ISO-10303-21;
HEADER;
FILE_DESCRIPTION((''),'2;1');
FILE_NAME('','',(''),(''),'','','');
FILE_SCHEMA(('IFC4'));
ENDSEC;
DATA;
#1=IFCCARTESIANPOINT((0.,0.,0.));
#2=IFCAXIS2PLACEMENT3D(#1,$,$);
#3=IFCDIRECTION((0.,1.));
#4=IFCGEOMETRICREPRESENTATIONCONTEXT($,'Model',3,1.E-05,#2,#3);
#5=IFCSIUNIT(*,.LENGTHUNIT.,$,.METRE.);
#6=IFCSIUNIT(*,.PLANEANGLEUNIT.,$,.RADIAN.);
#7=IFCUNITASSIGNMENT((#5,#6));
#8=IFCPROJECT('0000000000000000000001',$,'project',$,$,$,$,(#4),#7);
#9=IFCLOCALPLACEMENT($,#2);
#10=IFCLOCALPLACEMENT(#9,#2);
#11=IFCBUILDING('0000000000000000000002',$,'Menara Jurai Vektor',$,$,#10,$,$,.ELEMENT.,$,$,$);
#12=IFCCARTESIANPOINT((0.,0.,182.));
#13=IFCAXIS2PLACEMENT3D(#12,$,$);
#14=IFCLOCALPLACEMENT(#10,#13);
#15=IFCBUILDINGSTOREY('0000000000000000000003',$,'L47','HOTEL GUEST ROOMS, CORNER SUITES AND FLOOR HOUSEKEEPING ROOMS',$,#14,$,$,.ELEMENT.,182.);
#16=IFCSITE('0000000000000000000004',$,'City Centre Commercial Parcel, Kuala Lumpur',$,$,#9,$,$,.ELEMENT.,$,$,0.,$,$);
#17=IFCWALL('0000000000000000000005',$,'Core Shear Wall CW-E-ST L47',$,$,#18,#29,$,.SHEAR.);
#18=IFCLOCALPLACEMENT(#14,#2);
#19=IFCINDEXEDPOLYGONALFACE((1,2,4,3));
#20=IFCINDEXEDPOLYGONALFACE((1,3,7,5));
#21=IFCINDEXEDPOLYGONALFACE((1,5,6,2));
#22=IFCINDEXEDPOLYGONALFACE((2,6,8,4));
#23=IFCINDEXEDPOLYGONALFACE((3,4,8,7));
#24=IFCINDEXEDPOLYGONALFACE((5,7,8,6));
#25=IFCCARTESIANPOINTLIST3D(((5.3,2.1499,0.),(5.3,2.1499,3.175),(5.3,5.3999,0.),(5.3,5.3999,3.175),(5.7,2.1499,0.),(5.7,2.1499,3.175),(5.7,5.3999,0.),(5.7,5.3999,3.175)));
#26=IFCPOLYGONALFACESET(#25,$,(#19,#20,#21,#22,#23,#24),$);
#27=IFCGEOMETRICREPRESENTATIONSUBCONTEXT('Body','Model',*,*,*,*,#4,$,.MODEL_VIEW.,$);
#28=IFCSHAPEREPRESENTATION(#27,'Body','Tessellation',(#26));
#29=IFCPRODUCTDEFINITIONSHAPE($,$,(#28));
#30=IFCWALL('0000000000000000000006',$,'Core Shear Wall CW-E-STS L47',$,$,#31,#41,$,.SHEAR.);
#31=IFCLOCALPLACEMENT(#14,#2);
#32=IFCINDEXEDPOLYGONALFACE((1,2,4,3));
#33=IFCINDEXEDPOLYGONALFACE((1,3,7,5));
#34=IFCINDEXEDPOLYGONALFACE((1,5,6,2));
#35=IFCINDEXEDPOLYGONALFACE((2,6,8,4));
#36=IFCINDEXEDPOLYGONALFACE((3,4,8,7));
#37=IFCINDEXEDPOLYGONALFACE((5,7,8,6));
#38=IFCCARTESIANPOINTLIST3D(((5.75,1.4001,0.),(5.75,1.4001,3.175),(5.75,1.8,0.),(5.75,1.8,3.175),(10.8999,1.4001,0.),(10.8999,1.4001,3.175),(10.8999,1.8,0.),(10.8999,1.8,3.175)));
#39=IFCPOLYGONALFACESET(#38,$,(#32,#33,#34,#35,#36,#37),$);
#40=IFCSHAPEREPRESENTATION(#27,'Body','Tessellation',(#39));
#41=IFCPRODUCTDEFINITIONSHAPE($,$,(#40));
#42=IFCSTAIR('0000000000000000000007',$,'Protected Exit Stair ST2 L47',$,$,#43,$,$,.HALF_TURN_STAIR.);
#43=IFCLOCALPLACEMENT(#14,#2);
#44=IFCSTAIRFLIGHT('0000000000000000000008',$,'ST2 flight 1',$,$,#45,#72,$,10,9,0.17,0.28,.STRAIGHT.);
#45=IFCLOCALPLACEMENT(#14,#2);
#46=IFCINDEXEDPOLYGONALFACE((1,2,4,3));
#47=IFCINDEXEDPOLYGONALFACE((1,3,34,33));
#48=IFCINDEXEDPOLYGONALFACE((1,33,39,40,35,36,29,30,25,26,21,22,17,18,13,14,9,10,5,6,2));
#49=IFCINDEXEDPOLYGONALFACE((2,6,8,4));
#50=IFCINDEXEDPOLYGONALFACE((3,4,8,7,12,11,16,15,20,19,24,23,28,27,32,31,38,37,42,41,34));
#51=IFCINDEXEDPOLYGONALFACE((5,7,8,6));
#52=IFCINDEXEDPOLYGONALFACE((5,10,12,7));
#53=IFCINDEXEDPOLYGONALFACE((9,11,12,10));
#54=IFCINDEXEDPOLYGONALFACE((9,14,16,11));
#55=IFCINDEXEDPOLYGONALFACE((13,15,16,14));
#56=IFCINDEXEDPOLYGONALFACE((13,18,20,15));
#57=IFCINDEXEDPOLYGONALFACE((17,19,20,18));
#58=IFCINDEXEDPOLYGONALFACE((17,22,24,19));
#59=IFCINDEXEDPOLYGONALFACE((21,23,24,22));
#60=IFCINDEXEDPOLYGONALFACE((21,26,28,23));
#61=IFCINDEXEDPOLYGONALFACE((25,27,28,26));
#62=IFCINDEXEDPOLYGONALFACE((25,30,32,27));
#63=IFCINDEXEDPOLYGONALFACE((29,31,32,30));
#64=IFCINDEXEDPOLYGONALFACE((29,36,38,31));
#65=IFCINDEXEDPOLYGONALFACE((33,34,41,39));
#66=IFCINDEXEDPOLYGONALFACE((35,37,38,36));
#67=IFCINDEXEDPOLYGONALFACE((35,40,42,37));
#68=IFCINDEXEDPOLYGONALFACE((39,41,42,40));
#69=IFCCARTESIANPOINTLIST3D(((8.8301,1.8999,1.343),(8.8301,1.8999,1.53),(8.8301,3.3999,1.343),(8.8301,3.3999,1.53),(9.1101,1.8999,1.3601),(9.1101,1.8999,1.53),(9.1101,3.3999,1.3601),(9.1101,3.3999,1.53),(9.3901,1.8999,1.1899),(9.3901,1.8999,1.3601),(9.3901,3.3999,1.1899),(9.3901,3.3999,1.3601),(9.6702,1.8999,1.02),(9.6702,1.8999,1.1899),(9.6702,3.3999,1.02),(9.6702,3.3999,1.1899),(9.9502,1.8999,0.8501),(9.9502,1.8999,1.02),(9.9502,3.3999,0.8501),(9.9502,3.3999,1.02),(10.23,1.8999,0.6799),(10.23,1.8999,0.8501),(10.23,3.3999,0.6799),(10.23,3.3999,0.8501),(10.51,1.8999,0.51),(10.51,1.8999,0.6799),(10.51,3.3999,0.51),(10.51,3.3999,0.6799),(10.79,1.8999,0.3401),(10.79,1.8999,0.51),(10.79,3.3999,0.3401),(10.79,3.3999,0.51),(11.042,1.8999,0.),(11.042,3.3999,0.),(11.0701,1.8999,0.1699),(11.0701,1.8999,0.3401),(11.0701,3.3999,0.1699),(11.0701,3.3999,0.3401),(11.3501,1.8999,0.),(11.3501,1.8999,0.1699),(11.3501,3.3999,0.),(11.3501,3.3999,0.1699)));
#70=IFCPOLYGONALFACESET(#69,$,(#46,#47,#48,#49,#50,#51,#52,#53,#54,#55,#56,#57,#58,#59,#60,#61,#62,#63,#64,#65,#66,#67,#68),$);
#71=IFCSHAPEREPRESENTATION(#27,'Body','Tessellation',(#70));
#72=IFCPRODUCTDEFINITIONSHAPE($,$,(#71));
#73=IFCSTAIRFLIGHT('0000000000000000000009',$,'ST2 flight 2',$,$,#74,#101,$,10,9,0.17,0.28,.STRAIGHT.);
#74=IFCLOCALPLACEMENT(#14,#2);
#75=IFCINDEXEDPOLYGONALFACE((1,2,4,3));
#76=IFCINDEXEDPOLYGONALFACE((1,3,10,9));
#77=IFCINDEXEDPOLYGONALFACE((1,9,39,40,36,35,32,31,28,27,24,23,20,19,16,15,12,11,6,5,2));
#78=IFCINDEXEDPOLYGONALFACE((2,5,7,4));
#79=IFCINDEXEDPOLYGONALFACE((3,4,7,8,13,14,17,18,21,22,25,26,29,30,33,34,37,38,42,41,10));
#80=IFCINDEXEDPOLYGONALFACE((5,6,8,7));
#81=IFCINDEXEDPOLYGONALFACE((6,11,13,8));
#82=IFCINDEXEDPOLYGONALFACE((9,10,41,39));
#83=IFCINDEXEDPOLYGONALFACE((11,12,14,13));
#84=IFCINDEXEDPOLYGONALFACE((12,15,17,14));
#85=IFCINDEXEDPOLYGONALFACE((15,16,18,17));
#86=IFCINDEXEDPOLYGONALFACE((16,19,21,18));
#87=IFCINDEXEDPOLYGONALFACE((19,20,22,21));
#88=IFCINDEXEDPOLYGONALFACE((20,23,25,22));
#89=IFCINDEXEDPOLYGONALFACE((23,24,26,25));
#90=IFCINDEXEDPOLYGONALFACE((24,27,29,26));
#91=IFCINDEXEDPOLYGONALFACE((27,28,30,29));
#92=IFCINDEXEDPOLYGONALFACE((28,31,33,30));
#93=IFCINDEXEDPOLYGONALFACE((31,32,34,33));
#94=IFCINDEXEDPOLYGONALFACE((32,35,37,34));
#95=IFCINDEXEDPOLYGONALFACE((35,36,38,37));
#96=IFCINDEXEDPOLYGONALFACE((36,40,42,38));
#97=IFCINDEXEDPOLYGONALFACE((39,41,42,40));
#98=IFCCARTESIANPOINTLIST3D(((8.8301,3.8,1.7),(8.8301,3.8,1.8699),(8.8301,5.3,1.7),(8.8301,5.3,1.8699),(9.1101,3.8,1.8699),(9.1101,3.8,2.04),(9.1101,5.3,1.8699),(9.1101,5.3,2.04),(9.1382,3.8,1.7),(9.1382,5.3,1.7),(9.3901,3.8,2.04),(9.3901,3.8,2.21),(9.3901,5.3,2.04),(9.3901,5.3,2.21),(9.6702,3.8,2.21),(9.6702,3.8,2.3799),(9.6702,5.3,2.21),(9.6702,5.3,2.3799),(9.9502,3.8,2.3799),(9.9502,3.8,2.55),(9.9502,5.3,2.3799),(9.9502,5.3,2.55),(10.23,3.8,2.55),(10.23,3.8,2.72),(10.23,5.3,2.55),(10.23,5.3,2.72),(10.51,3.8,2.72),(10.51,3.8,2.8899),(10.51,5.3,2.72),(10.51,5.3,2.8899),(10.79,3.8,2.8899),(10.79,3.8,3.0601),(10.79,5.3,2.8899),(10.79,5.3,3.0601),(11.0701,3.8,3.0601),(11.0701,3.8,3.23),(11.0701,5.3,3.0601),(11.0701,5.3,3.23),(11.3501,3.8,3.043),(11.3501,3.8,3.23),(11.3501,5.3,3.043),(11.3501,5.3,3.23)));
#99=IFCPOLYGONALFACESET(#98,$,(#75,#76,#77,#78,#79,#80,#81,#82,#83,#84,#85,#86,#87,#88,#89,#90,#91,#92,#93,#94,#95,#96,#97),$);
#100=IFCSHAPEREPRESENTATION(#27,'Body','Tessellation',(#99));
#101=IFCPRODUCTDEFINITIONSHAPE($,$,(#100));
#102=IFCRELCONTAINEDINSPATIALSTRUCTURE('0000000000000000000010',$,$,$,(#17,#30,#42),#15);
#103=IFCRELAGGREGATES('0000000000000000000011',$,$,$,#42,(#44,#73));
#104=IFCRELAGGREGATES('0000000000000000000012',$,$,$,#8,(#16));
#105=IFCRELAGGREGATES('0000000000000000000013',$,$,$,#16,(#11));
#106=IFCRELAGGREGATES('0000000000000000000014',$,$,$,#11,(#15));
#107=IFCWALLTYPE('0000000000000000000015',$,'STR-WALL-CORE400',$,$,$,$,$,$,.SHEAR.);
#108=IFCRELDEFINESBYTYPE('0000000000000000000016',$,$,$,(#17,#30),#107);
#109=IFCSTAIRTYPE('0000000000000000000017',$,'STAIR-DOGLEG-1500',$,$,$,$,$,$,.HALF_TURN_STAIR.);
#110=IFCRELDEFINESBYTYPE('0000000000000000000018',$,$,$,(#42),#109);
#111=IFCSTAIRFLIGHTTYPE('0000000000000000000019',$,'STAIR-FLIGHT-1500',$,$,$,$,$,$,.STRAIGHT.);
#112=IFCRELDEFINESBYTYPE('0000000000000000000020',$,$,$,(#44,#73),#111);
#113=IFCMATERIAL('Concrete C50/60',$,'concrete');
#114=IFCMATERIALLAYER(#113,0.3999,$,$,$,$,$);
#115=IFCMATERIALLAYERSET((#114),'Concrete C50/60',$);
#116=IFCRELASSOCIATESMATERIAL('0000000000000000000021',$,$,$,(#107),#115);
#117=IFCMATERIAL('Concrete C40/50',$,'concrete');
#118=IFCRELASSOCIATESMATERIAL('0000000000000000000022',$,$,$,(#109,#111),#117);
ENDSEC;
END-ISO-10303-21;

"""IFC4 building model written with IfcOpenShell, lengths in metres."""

from ifc_helpers import new_model, si_unit, direction, frame, frame_2d, origin, place, context, subcontext, project, spatial, polyline, rectangle, outline, extrude, material, layer, layer_set, type_object, element, aggregate, save


model = new_model("IFC4")

# Units and contexts
model_context = context("Model", 3, precision=1e-05, world=origin(), true_north=direction((0.0, 1.0)))
body_context = subcontext(model_context, "Body", "Model", "MODEL_VIEW")
ifc_project = project(units=[si_unit("LENGTHUNIT", "METRE"), si_unit("PLANEANGLEUNIT", "RADIAN")], contexts=[model_context])

# Site, building, storey
site_placement = place(None, origin())
site = spatial("IfcSite", under=ifc_project, at=site_placement, Name="City Centre Commercial Parcel, Kuala Lumpur", CompositionType="ELEMENT", RefElevation=0.0)
building_placement = place(site_placement, origin())
building = spatial("IfcBuilding", under=site, at=building_placement, Name="Menara Jurai Vektor", CompositionType="ELEMENT")
storey_placement = place(building_placement, frame((0.0, 0.0, 182.0)))
storey = spatial("IfcBuildingStorey", under=building, at=storey_placement, Name="L47", Description="HOTEL GUEST ROOMS, CORNER SUITES AND FLOOR HOUSEKEEPING ROOMS", CompositionType="ELEMENT", Elevation=182.0)

# Shared definitions
ifc_material_1 = material(Name="Concrete C50/60", Category="concrete")

# Shared definitions
ifc_material_2 = material(Name="Concrete C40/50", Category="concrete")

# Walls
ifc_layer_1 = layer(ifc_material_1, 0.3999)
ifc_layer_set_1 = layer_set([ifc_layer_1], Name="Concrete C50/60")
wall_type_1 = type_object("IfcWallType", Name="STR-WALL-CORE400", PredefinedType="SHEAR", material=ifc_layer_set_1)
wall_1_placement = place(storey_placement, frame((5.5, 2.1499, 0.0), z_axis=(0.0, 0.0, 1.0), x_axis=(0.0, 1.0, 0.0)))
element("IfcWall", 1, at=wall_1_placement, inside=storey, type_object=wall_type_1, Name="Core Shear Wall CW-E-ST L47", PredefinedType="SHEAR", context=body_context, shape_type="SweptSolid", body=[
    extrude(rectangle(XDim=3.25, YDim=0.3999, at=frame_2d((1.625, 0.0))), origin(), (0.0, 0.0, 1.0), 3.175),
])
wall_2_placement = place(storey_placement, frame((5.75, 1.6001, 0.0), z_axis=(0.0, 0.0, 1.0), x_axis=(1.0, 0.0, 0.0)))
element("IfcWall", 2, at=wall_2_placement, inside=storey, type_object=wall_type_1, Name="Core Shear Wall CW-E-STS L47", PredefinedType="SHEAR", context=body_context, shape_type="SweptSolid", body=[
    extrude(rectangle(XDim=5.1499, YDim=0.3999, at=frame_2d((2.575, 0.0))), origin(), (0.0, 0.0, 1.0), 3.175),
])

# Stair, stair flights
stair_type = type_object("IfcStairType", Name="STAIR-DOGLEG-1500", PredefinedType="HALF_TURN_STAIR", material=ifc_material_2)
stair_placement = place(storey_placement, origin())
stair = element("IfcStair", 3, at=stair_placement, inside=storey, type_object=stair_type, Name="Protected Exit Stair ST2 L47", PredefinedType="HALF_TURN_STAIR")
stair_flight_type = type_object("IfcStairFlightType", Name="STAIR-FLIGHT-1500", PredefinedType="STRAIGHT", material=ifc_material_2)
stair_flight_1_placement = place(storey_placement, frame((11.3501, 2.6499, 0.0), z_axis=(0.0, 0.0, 1.0), x_axis=(-1.0, 0.0, 0.0)))
stair_flight_1 = element("IfcStairFlight", 4, at=stair_flight_1_placement, type_object=stair_flight_type, Name="ST2 flight 1", NumberOfRisers=10, NumberOfTreads=9, PredefinedType="STRAIGHT", RiserHeight=0.17, TreadLength=0.28, context=body_context, shape_type="SweptSolid", body=[
    extrude(outline(polyline([(0.0, 0.0), (0.0, 0.1699), (0.28, 0.1699), (0.28, 0.3401), (0.5601, 0.3401), (0.5601, 0.51), (0.8401, 0.51), (0.8401, 0.6799), (1.1201, 0.6799), (1.1201, 0.8501), (1.3999, 0.8501), (1.3999, 1.02), (1.6799, 1.02), (1.6799, 1.1899), (1.96, 1.1899), (1.96, 1.3601), (2.24, 1.3601), (2.24, 1.53), (2.52, 1.53), (2.52, 1.7), (2.52, 1.343), (0.3081, 0.0), (0.0, 0.0)])), frame((0.0, 0.75, 0.0), z_axis=(0.0, -1.0, 0.0), x_axis=(1.0, 0.0, 0.0)), (0.0, 0.0, 1.0), 1.5),
])
stair_flight_2_placement = place(storey_placement, frame((8.8301, 4.55, 1.7), z_axis=(0.0, 0.0, 1.0), x_axis=(1.0, 0.0, 0.0)))
stair_flight_2 = element("IfcStairFlight", 5, at=stair_flight_2_placement, type_object=stair_flight_type, Name="ST2 flight 2", NumberOfRisers=10, NumberOfTreads=9, PredefinedType="STRAIGHT", RiserHeight=0.17, TreadLength=0.28, context=body_context, shape_type="SweptSolid", body=[
    extrude(outline(polyline([(0.0, 0.0), (0.0, 0.1699), (0.28, 0.1699), (0.28, 0.3401), (0.5601, 0.3401), (0.5601, 0.51), (0.8401, 0.51), (0.8401, 0.6799), (1.1201, 0.6799), (1.1201, 0.8501), (1.3999, 0.8501), (1.3999, 1.02), (1.6799, 1.02), (1.6799, 1.1899), (1.96, 1.1899), (1.96, 1.3601), (2.24, 1.3601), (2.24, 1.53), (2.52, 1.53), (2.52, 1.7), (2.52, 1.343), (0.3081, 0.0), (0.0, 0.0)])), frame((0.0, 0.75, 0.0), z_axis=(0.0, -1.0, 0.0), x_axis=(1.0, 0.0, 0.0)), (0.0, 0.0, 1.0), 1.5),
])
aggregate(stair, [stair_flight_1, stair_flight_2])

save(model, "model.ifc")
